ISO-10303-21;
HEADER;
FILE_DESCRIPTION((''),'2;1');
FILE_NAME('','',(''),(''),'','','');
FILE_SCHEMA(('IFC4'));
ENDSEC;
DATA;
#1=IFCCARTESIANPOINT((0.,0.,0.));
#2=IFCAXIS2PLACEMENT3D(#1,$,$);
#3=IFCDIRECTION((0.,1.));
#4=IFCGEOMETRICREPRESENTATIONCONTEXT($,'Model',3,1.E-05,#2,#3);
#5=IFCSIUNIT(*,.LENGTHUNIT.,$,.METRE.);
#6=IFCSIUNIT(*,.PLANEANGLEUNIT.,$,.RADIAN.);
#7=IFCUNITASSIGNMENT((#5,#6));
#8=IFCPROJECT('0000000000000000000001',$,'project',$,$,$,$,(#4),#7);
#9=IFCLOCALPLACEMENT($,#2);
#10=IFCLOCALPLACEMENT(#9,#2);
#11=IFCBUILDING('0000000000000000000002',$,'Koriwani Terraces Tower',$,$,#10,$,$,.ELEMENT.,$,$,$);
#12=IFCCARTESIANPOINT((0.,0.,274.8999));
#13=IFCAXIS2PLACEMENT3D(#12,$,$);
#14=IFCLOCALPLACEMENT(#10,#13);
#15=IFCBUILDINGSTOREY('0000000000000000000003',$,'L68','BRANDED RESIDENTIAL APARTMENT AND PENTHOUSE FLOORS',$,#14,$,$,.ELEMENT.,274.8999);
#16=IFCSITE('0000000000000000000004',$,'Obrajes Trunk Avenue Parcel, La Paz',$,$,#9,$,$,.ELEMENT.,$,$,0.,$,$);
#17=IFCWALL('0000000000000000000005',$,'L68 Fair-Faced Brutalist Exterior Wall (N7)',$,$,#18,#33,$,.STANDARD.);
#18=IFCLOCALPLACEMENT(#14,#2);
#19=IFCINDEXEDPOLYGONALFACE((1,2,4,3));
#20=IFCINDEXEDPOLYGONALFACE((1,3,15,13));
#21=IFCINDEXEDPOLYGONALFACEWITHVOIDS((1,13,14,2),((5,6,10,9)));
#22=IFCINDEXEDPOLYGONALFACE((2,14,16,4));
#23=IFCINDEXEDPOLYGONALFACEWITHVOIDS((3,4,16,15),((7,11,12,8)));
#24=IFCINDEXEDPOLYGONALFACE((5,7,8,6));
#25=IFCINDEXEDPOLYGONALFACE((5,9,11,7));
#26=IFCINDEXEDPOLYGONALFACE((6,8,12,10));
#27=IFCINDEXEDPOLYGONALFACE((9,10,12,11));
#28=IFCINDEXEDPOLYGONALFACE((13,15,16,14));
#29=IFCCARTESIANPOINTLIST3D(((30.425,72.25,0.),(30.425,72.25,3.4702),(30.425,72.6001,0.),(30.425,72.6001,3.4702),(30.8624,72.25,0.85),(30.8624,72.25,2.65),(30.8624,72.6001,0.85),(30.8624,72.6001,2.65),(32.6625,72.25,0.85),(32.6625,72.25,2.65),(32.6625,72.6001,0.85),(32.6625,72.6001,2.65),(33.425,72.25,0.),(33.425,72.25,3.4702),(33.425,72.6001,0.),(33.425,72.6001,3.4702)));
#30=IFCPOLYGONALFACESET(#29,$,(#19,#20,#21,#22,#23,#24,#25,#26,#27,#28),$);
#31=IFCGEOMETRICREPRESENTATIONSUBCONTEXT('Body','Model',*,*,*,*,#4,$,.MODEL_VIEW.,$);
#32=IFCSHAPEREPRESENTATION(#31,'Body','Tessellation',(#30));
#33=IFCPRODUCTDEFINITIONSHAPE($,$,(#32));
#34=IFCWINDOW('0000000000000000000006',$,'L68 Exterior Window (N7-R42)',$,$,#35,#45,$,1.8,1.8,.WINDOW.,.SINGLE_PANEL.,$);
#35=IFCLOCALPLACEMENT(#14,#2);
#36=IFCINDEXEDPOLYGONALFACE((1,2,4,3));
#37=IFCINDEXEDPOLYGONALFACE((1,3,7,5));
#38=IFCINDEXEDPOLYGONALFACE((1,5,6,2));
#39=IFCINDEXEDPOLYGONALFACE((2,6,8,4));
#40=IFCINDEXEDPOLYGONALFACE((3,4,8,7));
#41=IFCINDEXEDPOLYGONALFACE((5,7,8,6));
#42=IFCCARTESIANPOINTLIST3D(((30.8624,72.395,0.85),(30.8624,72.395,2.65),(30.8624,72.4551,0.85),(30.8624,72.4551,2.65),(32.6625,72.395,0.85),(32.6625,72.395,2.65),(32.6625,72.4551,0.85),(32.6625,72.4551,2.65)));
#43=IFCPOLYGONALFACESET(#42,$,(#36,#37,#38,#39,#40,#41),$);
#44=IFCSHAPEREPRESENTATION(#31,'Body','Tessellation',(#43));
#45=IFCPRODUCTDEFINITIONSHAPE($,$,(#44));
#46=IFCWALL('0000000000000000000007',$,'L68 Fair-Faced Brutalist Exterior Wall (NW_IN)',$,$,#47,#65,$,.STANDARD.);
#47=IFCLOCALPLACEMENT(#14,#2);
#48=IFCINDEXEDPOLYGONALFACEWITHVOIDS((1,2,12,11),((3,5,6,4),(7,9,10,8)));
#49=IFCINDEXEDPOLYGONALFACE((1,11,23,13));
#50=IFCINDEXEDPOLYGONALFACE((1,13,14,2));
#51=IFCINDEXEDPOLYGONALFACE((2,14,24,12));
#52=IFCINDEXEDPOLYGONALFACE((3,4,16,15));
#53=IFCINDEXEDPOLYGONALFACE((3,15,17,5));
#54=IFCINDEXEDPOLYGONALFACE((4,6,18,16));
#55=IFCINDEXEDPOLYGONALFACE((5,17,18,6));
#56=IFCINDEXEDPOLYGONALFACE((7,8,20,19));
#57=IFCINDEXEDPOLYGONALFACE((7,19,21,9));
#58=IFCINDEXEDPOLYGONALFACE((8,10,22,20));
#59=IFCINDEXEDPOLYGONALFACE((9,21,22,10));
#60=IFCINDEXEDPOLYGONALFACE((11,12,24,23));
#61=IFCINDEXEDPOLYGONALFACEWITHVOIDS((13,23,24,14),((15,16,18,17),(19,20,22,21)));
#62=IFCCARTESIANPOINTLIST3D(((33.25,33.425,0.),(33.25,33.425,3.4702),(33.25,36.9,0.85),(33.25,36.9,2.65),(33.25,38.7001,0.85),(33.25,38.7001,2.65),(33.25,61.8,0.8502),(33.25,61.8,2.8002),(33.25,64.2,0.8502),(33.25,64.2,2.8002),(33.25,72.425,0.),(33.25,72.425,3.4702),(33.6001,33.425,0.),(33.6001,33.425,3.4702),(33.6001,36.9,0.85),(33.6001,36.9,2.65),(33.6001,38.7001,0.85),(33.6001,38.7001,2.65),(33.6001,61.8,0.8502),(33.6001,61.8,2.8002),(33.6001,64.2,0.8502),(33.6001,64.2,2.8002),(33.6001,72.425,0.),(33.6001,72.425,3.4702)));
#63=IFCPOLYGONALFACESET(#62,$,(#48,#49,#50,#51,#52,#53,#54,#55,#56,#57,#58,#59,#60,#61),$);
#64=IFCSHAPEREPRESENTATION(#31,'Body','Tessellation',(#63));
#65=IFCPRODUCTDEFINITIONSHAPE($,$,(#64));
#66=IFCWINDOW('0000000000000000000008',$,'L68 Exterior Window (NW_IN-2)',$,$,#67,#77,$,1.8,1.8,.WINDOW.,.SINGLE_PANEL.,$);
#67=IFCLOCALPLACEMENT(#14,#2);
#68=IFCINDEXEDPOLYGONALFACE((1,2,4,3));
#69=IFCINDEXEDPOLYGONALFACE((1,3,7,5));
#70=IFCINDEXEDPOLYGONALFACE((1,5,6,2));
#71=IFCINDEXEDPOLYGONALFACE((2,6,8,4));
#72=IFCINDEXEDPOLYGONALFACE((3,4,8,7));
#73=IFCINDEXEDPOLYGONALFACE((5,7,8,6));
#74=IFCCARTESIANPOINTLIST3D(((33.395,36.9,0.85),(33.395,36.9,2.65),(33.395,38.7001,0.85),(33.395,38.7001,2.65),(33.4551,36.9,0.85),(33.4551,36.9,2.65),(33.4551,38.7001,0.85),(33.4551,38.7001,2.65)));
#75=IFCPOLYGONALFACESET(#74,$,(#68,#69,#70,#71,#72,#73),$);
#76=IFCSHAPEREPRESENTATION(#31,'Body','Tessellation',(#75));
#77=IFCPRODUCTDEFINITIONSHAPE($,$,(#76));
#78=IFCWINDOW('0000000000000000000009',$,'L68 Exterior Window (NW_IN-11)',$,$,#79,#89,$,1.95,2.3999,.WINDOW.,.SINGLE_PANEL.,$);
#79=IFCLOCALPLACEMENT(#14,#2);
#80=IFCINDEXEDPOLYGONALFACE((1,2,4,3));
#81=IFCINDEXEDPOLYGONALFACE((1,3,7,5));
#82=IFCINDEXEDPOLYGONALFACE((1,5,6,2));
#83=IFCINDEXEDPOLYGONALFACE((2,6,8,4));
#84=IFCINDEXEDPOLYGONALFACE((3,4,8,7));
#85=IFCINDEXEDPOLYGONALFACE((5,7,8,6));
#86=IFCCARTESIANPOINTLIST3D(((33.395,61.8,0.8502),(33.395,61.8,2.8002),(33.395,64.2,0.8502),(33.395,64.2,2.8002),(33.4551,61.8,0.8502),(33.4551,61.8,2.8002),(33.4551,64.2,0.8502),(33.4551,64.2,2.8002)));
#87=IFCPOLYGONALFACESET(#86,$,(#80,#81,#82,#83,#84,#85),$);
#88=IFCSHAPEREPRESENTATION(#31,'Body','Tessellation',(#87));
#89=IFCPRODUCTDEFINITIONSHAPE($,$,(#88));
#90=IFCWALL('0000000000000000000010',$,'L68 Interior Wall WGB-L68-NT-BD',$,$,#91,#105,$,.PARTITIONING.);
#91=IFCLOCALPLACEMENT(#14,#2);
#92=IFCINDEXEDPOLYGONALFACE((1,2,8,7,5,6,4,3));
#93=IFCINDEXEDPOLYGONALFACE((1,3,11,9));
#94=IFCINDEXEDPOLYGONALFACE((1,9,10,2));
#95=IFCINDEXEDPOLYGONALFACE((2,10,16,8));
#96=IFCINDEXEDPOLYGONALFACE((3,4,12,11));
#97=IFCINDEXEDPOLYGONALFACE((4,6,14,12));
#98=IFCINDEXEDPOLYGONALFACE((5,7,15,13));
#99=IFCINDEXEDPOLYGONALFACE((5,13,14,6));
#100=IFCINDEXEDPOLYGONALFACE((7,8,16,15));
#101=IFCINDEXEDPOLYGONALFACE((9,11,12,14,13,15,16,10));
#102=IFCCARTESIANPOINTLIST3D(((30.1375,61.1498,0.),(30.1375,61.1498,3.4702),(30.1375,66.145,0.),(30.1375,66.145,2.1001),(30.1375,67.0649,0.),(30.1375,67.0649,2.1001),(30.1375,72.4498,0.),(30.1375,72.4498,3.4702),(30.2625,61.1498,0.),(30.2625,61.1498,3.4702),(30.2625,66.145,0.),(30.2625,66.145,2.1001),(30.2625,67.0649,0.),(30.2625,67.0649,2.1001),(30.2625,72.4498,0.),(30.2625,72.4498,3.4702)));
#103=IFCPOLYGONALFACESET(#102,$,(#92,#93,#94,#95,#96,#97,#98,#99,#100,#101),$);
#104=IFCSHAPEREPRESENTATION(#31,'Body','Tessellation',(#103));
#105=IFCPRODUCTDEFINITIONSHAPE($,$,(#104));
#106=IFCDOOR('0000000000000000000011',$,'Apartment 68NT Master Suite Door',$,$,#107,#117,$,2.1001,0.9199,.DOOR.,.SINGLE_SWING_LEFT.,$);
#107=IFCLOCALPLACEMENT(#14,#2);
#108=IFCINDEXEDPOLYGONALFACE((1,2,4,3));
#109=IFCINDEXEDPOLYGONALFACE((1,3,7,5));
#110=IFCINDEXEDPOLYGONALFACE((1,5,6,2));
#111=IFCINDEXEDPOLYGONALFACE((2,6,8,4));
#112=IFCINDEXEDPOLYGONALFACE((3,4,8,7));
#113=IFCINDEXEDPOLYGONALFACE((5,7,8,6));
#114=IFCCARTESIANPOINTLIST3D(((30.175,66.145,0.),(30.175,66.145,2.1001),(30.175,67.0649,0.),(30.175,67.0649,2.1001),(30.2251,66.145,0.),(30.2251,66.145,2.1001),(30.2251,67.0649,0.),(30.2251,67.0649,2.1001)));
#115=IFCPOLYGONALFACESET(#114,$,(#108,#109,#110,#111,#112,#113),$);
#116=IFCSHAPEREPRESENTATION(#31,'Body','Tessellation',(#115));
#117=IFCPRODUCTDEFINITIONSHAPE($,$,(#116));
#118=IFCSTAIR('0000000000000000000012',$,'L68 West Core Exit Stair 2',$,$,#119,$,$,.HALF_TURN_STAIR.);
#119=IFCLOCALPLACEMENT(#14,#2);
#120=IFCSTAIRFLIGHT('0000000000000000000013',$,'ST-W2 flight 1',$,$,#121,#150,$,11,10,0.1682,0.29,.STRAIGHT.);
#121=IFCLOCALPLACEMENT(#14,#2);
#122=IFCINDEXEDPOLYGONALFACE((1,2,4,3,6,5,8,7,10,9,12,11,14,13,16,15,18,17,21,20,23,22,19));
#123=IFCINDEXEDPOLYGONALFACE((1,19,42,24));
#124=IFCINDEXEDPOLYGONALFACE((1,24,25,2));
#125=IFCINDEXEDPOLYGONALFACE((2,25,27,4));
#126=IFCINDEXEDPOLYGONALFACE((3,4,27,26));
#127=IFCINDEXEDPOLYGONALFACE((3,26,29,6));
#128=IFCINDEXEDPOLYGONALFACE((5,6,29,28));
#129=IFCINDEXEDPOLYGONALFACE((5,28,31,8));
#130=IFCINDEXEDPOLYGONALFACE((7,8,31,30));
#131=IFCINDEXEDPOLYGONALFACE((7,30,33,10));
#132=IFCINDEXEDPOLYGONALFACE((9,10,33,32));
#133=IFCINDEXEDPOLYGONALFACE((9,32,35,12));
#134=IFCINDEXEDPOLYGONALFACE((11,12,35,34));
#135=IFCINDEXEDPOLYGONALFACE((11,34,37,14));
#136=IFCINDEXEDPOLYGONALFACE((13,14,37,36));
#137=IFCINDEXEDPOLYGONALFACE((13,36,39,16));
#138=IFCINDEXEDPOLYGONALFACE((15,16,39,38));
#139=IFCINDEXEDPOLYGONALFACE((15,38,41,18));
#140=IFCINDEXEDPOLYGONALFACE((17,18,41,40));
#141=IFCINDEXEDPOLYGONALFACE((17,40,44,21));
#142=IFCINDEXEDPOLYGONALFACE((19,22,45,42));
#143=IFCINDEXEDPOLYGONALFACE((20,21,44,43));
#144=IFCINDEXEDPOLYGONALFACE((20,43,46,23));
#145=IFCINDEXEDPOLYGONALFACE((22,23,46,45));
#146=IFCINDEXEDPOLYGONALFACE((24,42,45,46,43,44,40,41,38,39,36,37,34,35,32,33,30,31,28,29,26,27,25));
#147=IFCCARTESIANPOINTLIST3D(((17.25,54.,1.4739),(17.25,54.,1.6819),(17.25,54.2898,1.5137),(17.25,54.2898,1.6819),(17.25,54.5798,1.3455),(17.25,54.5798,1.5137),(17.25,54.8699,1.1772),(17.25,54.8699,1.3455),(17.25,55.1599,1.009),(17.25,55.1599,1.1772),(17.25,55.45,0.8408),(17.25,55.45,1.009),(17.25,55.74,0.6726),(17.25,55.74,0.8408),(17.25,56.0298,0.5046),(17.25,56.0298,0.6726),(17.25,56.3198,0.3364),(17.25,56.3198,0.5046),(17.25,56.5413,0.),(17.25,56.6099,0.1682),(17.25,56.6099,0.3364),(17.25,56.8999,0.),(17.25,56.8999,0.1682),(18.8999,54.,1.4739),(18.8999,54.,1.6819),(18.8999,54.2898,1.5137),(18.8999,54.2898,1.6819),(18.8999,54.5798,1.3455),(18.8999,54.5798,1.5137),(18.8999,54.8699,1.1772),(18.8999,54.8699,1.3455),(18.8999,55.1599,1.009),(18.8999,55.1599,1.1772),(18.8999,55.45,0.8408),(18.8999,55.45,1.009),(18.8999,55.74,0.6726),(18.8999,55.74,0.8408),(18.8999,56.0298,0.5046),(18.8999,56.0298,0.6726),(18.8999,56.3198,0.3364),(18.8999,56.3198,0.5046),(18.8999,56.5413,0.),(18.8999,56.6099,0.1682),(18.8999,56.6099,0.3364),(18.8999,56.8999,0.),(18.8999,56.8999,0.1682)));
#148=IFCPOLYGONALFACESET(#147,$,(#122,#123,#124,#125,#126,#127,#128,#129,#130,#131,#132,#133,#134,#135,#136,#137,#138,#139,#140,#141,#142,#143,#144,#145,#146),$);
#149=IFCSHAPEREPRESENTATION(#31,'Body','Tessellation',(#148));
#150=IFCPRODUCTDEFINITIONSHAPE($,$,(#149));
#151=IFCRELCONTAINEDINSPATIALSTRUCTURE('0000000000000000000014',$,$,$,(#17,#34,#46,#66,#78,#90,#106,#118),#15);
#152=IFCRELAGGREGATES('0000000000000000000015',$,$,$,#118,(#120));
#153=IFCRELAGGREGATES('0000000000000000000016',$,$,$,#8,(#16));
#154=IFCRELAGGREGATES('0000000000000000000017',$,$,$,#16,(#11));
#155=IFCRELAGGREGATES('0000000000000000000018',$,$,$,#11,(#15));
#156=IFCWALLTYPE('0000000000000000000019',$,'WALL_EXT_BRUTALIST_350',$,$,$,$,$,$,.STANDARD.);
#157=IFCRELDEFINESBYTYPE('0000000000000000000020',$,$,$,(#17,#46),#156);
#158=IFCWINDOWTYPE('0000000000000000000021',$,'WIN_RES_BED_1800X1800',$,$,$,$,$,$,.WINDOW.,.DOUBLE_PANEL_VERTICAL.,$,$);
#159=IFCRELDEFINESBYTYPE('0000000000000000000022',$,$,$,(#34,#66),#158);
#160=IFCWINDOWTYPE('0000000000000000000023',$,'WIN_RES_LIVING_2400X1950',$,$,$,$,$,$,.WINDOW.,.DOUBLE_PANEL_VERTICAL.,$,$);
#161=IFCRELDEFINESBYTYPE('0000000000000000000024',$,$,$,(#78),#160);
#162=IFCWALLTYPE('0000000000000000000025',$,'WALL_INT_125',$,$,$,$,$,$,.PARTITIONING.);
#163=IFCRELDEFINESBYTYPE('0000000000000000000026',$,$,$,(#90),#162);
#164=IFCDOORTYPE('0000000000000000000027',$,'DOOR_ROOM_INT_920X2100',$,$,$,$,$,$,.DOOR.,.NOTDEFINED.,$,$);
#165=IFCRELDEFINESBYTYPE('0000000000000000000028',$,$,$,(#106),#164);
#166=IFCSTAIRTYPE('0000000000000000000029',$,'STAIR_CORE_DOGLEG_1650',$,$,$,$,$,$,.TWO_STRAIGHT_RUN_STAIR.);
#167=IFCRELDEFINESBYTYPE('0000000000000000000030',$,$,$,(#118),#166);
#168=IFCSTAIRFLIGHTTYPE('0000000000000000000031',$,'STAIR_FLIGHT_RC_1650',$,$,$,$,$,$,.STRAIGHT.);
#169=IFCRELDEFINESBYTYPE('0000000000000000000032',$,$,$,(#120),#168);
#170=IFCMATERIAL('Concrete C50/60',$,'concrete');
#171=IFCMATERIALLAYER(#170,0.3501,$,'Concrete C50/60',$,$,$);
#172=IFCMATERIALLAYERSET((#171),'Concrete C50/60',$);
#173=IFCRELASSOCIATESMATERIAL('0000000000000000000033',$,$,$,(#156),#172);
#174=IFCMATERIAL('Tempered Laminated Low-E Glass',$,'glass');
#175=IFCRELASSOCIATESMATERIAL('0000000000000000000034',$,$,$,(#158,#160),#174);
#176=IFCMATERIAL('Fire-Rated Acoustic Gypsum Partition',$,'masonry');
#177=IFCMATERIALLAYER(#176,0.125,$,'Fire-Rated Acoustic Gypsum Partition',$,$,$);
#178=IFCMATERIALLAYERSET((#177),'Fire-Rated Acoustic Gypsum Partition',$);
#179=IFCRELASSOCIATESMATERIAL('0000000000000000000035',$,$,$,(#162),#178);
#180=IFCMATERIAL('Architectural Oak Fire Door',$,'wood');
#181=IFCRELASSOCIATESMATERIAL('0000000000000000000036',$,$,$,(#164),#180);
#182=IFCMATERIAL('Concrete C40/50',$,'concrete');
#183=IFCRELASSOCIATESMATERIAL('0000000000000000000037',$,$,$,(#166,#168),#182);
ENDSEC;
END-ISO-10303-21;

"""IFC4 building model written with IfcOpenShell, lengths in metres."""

from ifc_helpers import new_model, si_unit, direction, frame, frame_2d, origin, place, context, subcontext, project, spatial, polyline, rectangle, outline, extrude, material, layer, layer_set, type_object, element, fill, aggregate, save


model = new_model("IFC4")

# Units and contexts
model_context = context("Model", 3, precision=1e-05, world=origin(), true_north=direction((0.0, 1.0)))
body_context = subcontext(model_context, "Body", "Model", "MODEL_VIEW")
ifc_project = project(units=[si_unit("LENGTHUNIT", "METRE"), si_unit("PLANEANGLEUNIT", "RADIAN")], contexts=[model_context])

# Site, building, storey
site_placement = place(None, origin())
site = spatial("IfcSite", under=ifc_project, at=site_placement, Name="Obrajes Trunk Avenue Parcel, La Paz", CompositionType="ELEMENT", RefElevation=0.0)
building_placement = place(site_placement, origin())
building = spatial("IfcBuilding", under=site, at=building_placement, Name="Koriwani Terraces Tower", CompositionType="ELEMENT")
storey_placement = place(building_placement, frame((0.0, 0.0, 274.8999)))
storey = spatial("IfcBuildingStorey", under=building, at=storey_placement, Name="L68", Description="BRANDED RESIDENTIAL APARTMENT AND PENTHOUSE FLOORS", CompositionType="ELEMENT", Elevation=274.8999)

# Shared definitions
ifc_material_1 = material(Name="Concrete C50/60", Category="concrete")

# Shared definitions
ifc_material_2 = material(Name="Concrete C40/50", Category="concrete")

# Shared definitions
ifc_layer_1 = layer(ifc_material_1, 0.3501, Name="Concrete C50/60")
ifc_layer_set_1 = layer_set([ifc_layer_1], Name="Concrete C50/60")
wall_type_1 = type_object("IfcWallType", Name="WALL_EXT_BRUTALIST_350", PredefinedType="STANDARD", material=ifc_layer_set_1)

# Wall, opening, window
wall_1_placement = place(storey_placement, frame((30.425, 72.425, 0.0), z_axis=(0.0, 0.0, 1.0), x_axis=(1.0, 0.0, 0.0)))
wall_1 = element("IfcWall", 1, at=wall_1_placement, inside=storey, type_object=wall_type_1, Name="L68 Fair-Faced Brutalist Exterior Wall (N7)", PredefinedType="STANDARD", context=body_context, shape_type="SweptSolid", body=[
    extrude(rectangle(XDim=3.0, YDim=0.3501, at=frame_2d((1.5, 0.0))), origin(), (0.0, 0.0, 1.0), 3.4702),
])
opening_1_placement = place(wall_1_placement, frame((0.4375, 0.0, 0.8501)))
opening_1 = element("IfcOpeningElement", 2, at=opening_1_placement, cuts=wall_1, PredefinedType="OPENING", context=body_context, shape_type="SweptSolid", body=[
    extrude(rectangle(XDim=1.8, YDim=1.8, at=frame_2d((0.8999, 0.8999))), frame((0.0, 0.1851, 0.0), z_axis=(0.0, -1.0, 0.0), x_axis=(1.0, 0.0, 0.0)), (0.0, 0.0, 1.0), 0.3701),
])
ifc_material_3 = material(Name="Tempered Laminated Low-E Glass", Category="glass")
window_type_1 = type_object("IfcWindowType", Name="WIN_RES_BED_1800X1800", PartitioningType="DOUBLE_PANEL_VERTICAL", PredefinedType="WINDOW", material=ifc_material_3)
window_1_placement = place(opening_1_placement, origin())
window_1 = element("IfcWindow", 3, at=window_1_placement, inside=storey, type_object=window_type_1, Name="L68 Exterior Window (N7-R42)", OverallHeight=1.8, OverallWidth=1.8, PartitioningType="SINGLE_PANEL", PredefinedType="WINDOW", context=body_context, shape_type="SweptSolid", body=[
    extrude(rectangle(XDim=1.8, YDim=1.8, at=frame_2d((0.8999, 0.8999))), frame((0.0, 0.03, 0.0), z_axis=(0.0, -1.0, 0.0), x_axis=(1.0, 0.0, 0.0)), (0.0, 0.0, 1.0), 0.0601),
])
fill(opening_1, window_1)

# Wall, openings, windows
wall_2_placement = place(storey_placement, frame((33.425, 72.425, 0.0), z_axis=(0.0, 0.0, 1.0), x_axis=(0.0, -1.0, 0.0)))
wall_2 = element("IfcWall", 4, at=wall_2_placement, inside=storey, type_object=wall_type_1, Name="L68 Fair-Faced Brutalist Exterior Wall (NW_IN)", PredefinedType="STANDARD", context=body_context, shape_type="SweptSolid", body=[
    extrude(rectangle(XDim=39.0, YDim=0.3501, at=frame_2d((19.5, 0.0))), origin(), (0.0, 0.0, 1.0), 3.4702),
])
opening_2_placement = place(wall_2_placement, frame((33.7251, 0.0, 0.8501)))
opening_2 = element("IfcOpeningElement", 5, at=opening_2_placement, cuts=wall_2, PredefinedType="OPENING", context=body_context, shape_type="SweptSolid", body=[
    extrude(rectangle(XDim=1.8, YDim=1.8, at=frame_2d((0.8999, 0.8999))), frame((0.0, 0.1851, 0.0), z_axis=(0.0, -1.0, 0.0), x_axis=(1.0, 0.0, 0.0)), (0.0, 0.0, 1.0), 0.3701),
])
opening_3_placement = place(wall_2_placement, frame((8.2251, 0.0, 0.8501)))
opening_3 = element("IfcOpeningElement", 6, at=opening_3_placement, cuts=wall_2, PredefinedType="OPENING", context=body_context, shape_type="SweptSolid", body=[
    extrude(rectangle(XDim=2.3999, YDim=1.95, at=frame_2d((1.2, 0.9751))), frame((0.0, 0.1851, 0.0), z_axis=(0.0, -1.0, 0.0), x_axis=(1.0, 0.0, 0.0)), (0.0, 0.0, 1.0), 0.3701),
])
window_2_placement = place(opening_2_placement, origin())
window_2 = element("IfcWindow", 7, at=window_2_placement, inside=storey, type_object=window_type_1, Name="L68 Exterior Window (NW_IN-2)", OverallHeight=1.8, OverallWidth=1.8, PartitioningType="SINGLE_PANEL", PredefinedType="WINDOW", context=body_context, shape_type="SweptSolid", body=[
    extrude(rectangle(XDim=1.8, YDim=1.8, at=frame_2d((0.8999, 0.8999))), frame((0.0, 0.03, 0.0), z_axis=(0.0, -1.0, 0.0), x_axis=(1.0, 0.0, 0.0)), (0.0, 0.0, 1.0), 0.0601),
])
fill(opening_2, window_2)
window_type_2 = type_object("IfcWindowType", Name="WIN_RES_LIVING_2400X1950", PartitioningType="DOUBLE_PANEL_VERTICAL", PredefinedType="WINDOW", material=ifc_material_3)
window_3_placement = place(opening_3_placement, origin())
window_3 = element("IfcWindow", 8, at=window_3_placement, inside=storey, type_object=window_type_2, Name="L68 Exterior Window (NW_IN-11)", OverallHeight=1.95, OverallWidth=2.3999, PartitioningType="SINGLE_PANEL", PredefinedType="WINDOW", context=body_context, shape_type="SweptSolid", body=[
    extrude(rectangle(XDim=2.3999, YDim=1.95, at=frame_2d((1.2, 0.9751))), frame((0.0, 0.03, 0.0), z_axis=(0.0, -1.0, 0.0), x_axis=(1.0, 0.0, 0.0)), (0.0, 0.0, 1.0), 0.0601),
])
fill(opening_3, window_3)

# Wall, opening, door
ifc_material_4 = material(Name="Fire-Rated Acoustic Gypsum Partition", Category="masonry")
ifc_layer_2 = layer(ifc_material_4, 0.125, Name="Fire-Rated Acoustic Gypsum Partition")
ifc_layer_set_2 = layer_set([ifc_layer_2], Name="Fire-Rated Acoustic Gypsum Partition")
wall_type_2 = type_object("IfcWallType", Name="WALL_INT_125", PredefinedType="PARTITIONING", material=ifc_layer_set_2)
wall_3_placement = place(storey_placement, frame((30.2, 61.1499, 0.0), z_axis=(0.0, 0.0, 1.0), x_axis=(0.0, 1.0, 0.0)))
wall_3 = element("IfcWall", 9, at=wall_3_placement, inside=storey, type_object=wall_type_2, Name="L68 Interior Wall WGB-L68-NT-BD", PredefinedType="PARTITIONING", context=body_context, shape_type="SweptSolid", body=[
    extrude(rectangle(XDim=11.3, YDim=0.125, at=frame_2d((5.6499, 0.0))), origin(), (0.0, 0.0, 1.0), 3.4702),
])
opening_4_placement = place(wall_3_placement, frame((4.9951, 0.0, 0.0)))
opening_4 = element("IfcOpeningElement", 10, at=opening_4_placement, cuts=wall_3, PredefinedType="OPENING", context=body_context, shape_type="SweptSolid", body=[
    extrude(rectangle(XDim=0.9199, YDim=2.1001, at=frame_2d((0.46, 1.05))), frame((0.0, 0.0725, 0.0), z_axis=(0.0, -1.0, 0.0), x_axis=(1.0, 0.0, 0.0)), (0.0, 0.0, 1.0), 0.145),
])
ifc_material_5 = material(Name="Architectural Oak Fire Door", Category="wood")
door_type_1 = type_object("IfcDoorType", Name="DOOR_ROOM_INT_920X2100", OperationType="NOTDEFINED", PredefinedType="DOOR", material=ifc_material_5)
door_1_placement = place(opening_4_placement, origin())
door_1 = element("IfcDoor", 11, at=door_1_placement, inside=storey, type_object=door_type_1, Name="Apartment 68NT Master Suite Door", OperationType="SINGLE_SWING_LEFT", OverallHeight=2.1001, OverallWidth=0.9199, PredefinedType="DOOR", context=body_context, shape_type="SweptSolid", body=[
    extrude(rectangle(XDim=0.9199, YDim=2.1001, at=frame_2d((0.46, 1.05))), frame((0.0, 0.0249, 0.0), z_axis=(0.0, -1.0, 0.0), x_axis=(1.0, 0.0, 0.0)), (0.0, 0.0, 1.0), 0.05),
])
fill(opening_4, door_1)

# Stair, stair flight
stair_type = type_object("IfcStairType", Name="STAIR_CORE_DOGLEG_1650", PredefinedType="TWO_STRAIGHT_RUN_STAIR", material=ifc_material_2)
stair_placement = place(storey_placement, origin())
stair = element("IfcStair", 12, at=stair_placement, inside=storey, type_object=stair_type, Name="L68 West Core Exit Stair 2", PredefinedType="HALF_TURN_STAIR")
stair_flight_type = type_object("IfcStairFlightType", Name="STAIR_FLIGHT_RC_1650", PredefinedType="STRAIGHT", material=ifc_material_2)
stair_flight_placement = place(storey_placement, frame((18.075, 56.8999, 0.0), z_axis=(0.0, 0.0, 1.0), x_axis=(0.0, -1.0, 0.0)))
stair_flight = element("IfcStairFlight", 13, at=stair_flight_placement, type_object=stair_flight_type, Name="ST-W2 flight 1", NumberOfRisers=11, NumberOfTreads=10, PredefinedType="STRAIGHT", RiserHeight=0.1682, TreadLength=0.29, context=body_context, shape_type="SweptSolid", body=[
    extrude(outline(polyline([(0.0, 0.0), (0.0, 0.1682), (0.29, 0.1682), (0.29, 0.3364), (0.5801, 0.3364), (0.5801, 0.5046), (0.8701, 0.5046), (0.8701, 0.6726), (1.1599, 0.6726), (1.1599, 0.8408), (1.45, 0.8408), (1.45, 1.009), (1.74, 1.009), (1.74, 1.1772), (2.03, 1.1772), (2.03, 1.3455), (2.3201, 1.3455), (2.3201, 1.5137), (2.6101, 1.5137), (2.6101, 1.6819), (2.8999, 1.6819), (2.8999, 1.8501), (2.8999, 1.4739), (0.3586, 0.0), (0.0, 0.0)])), frame((0.0, 0.825, 0.0), z_axis=(0.0, -1.0, 0.0), x_axis=(1.0, 0.0, 0.0)), (0.0, 0.0, 1.0), 1.6499),
])
aggregate(stair, [stair_flight])

save(model, "model.ifc")
